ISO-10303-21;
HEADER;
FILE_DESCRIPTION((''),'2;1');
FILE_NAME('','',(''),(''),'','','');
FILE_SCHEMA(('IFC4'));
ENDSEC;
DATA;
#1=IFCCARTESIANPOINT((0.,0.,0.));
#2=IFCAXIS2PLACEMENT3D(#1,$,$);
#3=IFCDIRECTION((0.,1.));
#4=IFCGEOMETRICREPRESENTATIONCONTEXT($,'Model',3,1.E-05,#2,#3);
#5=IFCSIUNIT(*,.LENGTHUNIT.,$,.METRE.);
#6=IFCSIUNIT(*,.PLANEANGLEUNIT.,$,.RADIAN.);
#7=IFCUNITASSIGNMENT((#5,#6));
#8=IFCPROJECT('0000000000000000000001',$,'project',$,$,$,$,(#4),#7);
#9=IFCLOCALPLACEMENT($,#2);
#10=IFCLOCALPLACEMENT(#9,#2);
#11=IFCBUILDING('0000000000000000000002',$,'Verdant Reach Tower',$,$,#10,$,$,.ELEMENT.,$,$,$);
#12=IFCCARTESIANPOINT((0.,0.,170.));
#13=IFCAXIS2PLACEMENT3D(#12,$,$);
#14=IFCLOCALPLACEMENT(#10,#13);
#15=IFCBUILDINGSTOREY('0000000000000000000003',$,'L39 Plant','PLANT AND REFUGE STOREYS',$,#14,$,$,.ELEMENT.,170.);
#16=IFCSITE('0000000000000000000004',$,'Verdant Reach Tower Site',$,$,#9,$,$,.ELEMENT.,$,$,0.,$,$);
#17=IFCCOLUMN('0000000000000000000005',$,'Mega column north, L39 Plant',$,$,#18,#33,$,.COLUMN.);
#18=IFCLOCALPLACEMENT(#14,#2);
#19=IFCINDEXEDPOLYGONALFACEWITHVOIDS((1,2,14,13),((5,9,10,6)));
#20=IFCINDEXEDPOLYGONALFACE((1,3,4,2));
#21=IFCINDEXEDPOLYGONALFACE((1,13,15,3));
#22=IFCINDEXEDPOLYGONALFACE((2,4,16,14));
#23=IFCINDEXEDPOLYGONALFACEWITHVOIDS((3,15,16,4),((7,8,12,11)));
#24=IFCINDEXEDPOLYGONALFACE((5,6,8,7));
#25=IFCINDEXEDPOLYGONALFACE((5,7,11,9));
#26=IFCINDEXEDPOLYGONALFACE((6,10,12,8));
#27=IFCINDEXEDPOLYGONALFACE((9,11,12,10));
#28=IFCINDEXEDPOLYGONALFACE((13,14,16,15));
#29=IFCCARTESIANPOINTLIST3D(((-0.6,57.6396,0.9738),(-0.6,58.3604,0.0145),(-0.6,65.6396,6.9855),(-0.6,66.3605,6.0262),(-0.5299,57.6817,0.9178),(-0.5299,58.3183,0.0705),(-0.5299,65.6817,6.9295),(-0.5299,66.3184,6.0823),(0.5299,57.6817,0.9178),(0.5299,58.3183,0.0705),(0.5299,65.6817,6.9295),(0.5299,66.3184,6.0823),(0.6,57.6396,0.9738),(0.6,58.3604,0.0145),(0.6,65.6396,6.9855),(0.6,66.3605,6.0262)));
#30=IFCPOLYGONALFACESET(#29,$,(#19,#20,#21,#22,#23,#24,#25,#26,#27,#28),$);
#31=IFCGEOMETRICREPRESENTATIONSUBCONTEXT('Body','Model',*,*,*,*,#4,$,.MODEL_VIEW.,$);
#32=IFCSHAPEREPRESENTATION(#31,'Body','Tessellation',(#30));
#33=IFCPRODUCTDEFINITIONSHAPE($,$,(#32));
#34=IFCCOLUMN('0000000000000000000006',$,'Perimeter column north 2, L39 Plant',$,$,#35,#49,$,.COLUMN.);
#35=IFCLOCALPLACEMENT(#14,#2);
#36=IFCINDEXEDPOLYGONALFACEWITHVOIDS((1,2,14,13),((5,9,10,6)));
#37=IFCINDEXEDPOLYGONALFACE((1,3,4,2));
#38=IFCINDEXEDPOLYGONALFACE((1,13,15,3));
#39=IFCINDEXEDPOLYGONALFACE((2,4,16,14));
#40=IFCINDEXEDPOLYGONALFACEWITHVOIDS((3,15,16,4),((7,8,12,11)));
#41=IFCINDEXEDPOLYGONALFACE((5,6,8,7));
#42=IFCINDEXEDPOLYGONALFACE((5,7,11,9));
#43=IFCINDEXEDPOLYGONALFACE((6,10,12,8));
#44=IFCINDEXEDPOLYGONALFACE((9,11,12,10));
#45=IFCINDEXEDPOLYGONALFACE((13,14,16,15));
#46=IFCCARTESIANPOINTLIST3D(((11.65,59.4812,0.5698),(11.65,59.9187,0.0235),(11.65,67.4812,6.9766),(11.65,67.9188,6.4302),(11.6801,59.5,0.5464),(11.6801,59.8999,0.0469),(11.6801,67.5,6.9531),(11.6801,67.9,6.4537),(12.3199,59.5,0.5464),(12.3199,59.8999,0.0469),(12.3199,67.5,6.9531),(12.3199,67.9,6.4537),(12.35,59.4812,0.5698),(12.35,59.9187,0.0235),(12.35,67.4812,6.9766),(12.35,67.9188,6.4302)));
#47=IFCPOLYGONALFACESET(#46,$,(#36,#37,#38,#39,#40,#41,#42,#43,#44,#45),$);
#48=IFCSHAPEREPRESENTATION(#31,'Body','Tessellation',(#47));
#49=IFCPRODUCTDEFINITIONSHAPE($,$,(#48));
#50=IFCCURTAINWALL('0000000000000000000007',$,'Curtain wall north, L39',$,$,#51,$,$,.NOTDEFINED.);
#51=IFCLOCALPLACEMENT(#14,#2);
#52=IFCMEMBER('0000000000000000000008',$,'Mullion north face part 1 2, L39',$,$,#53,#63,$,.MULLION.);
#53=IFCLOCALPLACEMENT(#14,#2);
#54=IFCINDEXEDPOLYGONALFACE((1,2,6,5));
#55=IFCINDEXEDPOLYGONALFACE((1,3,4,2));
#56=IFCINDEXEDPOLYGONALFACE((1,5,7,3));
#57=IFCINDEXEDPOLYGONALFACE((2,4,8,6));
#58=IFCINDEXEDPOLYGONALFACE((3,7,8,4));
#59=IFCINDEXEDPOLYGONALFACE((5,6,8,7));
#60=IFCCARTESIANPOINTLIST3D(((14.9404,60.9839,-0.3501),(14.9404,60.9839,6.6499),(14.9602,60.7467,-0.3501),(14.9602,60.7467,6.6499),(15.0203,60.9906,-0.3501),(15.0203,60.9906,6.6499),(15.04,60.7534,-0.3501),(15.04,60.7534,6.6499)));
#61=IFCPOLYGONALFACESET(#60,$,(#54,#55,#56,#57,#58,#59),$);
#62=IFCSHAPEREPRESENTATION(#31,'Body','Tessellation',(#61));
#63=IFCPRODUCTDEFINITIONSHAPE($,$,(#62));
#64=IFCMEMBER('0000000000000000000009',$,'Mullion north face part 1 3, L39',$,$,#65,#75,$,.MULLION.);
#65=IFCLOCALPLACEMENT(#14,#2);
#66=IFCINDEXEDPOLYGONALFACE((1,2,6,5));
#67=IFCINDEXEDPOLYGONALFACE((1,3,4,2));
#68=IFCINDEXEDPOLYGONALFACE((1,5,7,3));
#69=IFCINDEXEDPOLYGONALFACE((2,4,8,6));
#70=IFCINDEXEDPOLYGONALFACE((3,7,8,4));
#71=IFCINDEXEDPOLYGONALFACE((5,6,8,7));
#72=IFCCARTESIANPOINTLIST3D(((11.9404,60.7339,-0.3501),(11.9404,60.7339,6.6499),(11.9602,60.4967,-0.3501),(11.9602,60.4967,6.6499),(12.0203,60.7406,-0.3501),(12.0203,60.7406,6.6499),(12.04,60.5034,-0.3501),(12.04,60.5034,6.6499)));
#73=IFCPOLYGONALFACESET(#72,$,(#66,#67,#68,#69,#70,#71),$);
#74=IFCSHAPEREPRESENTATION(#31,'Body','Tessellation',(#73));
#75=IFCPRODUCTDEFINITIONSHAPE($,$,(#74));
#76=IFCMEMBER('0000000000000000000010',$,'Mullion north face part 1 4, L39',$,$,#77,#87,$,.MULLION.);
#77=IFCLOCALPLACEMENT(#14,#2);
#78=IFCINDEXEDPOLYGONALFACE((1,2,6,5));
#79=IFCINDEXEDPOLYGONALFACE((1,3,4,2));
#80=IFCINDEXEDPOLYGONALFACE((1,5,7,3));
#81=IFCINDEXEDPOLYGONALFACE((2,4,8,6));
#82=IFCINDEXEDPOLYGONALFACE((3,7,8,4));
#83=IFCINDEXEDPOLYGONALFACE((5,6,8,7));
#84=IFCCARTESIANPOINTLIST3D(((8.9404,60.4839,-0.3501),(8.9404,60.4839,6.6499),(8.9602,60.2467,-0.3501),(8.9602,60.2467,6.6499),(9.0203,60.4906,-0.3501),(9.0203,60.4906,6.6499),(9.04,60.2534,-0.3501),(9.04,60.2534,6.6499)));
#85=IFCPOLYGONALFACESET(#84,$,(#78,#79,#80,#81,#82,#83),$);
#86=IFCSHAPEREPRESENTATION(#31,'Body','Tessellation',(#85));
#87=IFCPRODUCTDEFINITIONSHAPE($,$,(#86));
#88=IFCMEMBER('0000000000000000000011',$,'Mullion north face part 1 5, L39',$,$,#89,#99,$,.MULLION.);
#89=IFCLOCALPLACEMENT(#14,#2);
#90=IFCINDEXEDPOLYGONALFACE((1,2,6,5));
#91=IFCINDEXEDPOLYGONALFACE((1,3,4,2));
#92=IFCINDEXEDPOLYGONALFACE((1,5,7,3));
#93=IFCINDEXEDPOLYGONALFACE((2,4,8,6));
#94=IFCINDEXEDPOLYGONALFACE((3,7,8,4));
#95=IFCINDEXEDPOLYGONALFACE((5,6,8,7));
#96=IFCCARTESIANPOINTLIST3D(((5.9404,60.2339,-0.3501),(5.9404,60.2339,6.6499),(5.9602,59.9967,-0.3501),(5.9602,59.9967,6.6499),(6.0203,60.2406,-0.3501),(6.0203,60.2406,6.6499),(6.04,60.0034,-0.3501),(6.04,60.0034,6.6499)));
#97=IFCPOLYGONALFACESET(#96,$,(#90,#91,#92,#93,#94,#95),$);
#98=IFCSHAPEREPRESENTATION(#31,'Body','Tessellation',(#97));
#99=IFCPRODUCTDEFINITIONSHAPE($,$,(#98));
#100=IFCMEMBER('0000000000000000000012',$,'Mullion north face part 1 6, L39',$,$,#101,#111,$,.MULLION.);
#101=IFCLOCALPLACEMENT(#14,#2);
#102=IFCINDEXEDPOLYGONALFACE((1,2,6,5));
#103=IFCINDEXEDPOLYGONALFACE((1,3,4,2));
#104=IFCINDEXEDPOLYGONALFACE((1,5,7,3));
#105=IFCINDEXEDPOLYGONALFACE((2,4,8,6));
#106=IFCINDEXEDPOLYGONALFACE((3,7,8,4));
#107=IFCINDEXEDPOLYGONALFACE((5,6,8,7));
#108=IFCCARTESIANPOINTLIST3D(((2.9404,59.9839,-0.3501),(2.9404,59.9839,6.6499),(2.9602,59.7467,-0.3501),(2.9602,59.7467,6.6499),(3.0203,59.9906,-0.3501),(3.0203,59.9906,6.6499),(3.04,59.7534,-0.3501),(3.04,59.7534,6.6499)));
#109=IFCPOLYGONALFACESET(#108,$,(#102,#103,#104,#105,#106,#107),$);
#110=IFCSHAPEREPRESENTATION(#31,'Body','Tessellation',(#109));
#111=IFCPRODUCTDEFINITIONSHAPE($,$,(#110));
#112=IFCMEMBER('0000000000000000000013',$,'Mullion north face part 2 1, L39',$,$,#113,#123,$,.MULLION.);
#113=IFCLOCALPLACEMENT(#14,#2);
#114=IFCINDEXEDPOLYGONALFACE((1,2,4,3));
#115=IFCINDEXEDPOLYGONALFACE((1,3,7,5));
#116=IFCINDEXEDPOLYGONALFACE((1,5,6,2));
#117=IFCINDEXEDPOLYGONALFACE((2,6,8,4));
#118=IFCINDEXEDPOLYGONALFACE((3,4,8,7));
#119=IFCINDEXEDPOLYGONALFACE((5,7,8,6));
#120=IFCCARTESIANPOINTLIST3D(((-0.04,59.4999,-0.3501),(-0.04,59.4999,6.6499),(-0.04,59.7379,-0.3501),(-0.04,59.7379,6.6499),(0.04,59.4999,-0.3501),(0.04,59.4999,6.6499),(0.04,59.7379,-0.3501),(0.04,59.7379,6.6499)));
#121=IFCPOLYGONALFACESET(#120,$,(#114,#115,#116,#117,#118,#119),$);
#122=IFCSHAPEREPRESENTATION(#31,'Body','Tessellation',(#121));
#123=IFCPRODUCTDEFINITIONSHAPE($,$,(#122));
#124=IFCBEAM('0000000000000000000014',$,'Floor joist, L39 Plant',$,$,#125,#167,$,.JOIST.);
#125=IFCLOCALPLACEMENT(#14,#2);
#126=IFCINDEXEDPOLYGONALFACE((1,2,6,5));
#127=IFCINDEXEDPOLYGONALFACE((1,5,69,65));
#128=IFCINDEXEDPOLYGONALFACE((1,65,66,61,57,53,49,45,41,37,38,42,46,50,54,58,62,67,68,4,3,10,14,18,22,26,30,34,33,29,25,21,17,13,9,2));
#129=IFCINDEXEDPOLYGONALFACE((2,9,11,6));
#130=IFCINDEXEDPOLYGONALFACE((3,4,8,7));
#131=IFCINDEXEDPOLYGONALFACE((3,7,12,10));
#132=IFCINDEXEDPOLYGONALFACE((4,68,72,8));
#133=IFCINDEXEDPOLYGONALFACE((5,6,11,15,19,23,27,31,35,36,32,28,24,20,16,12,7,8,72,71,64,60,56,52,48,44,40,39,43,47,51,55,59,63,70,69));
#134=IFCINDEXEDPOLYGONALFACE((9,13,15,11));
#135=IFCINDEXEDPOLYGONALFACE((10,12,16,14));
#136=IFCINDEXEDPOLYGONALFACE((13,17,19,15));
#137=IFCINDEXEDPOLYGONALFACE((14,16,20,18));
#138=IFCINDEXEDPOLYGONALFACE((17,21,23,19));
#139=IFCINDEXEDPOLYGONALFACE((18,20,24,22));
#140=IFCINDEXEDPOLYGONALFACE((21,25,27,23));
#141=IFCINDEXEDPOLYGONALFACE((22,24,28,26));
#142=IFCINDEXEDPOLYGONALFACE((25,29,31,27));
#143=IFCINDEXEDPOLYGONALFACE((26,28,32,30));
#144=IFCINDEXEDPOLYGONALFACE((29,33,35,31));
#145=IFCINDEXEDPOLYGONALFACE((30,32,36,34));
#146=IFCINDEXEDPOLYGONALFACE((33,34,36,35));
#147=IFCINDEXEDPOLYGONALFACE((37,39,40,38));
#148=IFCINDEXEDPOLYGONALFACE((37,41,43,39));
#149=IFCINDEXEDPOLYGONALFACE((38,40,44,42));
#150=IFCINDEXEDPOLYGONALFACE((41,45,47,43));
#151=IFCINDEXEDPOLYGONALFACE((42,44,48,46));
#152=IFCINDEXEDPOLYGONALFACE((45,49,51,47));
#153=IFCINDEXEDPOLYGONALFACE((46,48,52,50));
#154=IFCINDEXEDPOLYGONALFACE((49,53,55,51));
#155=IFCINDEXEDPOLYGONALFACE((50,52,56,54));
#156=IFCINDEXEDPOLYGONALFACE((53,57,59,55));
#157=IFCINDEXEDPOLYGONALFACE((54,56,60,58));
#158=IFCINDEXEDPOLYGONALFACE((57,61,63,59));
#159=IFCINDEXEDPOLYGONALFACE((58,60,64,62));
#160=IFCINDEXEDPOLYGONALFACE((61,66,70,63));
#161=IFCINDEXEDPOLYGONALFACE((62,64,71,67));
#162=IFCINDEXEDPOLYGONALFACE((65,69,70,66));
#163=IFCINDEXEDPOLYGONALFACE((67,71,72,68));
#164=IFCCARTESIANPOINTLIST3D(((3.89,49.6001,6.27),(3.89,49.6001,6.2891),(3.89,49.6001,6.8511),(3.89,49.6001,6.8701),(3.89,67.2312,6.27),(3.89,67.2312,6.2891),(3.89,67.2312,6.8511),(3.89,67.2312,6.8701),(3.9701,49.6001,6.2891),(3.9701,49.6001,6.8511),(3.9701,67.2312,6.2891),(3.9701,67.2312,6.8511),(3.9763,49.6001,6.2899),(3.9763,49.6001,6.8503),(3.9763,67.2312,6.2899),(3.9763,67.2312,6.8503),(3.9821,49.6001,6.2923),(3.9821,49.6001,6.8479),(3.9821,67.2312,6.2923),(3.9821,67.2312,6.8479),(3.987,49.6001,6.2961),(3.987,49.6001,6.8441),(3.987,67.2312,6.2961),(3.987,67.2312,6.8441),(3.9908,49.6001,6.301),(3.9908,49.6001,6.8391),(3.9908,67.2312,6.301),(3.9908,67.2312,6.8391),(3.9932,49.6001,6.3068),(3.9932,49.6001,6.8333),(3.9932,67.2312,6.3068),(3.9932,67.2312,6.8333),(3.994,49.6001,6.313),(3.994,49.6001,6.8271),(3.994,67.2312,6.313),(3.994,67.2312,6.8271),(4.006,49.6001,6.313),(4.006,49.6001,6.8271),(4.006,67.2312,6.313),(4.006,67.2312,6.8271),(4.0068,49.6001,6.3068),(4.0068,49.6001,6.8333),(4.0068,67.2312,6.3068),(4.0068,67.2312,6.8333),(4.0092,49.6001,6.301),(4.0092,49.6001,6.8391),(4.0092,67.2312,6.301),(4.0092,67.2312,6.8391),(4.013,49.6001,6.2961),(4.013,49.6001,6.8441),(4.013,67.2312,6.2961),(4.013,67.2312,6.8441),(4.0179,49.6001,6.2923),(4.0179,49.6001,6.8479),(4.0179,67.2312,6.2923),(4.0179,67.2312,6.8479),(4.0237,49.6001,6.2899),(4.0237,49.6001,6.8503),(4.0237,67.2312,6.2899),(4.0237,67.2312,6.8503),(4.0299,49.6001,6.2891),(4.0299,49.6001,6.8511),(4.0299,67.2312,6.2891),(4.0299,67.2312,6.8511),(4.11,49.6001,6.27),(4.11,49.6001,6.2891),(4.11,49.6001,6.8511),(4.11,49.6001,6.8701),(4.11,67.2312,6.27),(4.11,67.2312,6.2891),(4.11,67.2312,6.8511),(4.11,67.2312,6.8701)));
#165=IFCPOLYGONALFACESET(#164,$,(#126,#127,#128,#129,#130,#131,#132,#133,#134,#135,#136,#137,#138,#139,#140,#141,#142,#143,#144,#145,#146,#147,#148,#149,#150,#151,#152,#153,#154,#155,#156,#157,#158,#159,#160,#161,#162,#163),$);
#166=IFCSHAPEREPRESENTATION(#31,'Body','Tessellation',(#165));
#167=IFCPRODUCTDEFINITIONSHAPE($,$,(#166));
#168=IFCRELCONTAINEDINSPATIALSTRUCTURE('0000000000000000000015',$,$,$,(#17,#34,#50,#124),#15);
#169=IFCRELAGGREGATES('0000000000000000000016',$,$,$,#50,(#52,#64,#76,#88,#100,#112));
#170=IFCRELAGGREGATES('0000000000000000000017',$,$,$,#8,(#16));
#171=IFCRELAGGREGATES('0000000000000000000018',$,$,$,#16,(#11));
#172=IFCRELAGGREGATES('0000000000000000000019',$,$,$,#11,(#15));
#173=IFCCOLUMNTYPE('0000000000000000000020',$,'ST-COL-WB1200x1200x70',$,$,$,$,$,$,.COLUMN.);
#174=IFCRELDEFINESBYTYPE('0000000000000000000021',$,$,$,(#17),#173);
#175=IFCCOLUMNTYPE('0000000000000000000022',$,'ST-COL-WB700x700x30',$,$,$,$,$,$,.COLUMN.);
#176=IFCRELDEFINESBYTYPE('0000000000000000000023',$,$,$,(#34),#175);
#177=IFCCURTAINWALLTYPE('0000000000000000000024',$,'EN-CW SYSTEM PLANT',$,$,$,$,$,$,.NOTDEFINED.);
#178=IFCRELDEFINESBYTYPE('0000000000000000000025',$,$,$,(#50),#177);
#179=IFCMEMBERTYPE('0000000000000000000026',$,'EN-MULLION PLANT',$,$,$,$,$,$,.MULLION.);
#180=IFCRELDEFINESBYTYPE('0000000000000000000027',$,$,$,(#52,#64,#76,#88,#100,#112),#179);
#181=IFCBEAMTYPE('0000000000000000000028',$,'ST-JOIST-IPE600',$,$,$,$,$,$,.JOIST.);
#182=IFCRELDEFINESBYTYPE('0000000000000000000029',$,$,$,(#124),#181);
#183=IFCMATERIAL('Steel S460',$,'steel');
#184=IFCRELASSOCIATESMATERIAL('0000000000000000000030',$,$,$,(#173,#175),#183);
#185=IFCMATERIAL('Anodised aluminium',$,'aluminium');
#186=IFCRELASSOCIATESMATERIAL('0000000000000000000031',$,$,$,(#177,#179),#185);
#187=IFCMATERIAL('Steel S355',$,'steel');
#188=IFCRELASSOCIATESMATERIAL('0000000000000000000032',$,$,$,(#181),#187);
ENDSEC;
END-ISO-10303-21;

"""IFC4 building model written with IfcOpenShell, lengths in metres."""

from ifc_helpers import new_model, si_unit, direction, frame, origin, origin_2d, place, context, subcontext, project, spatial, rectangle, hollow_rectangle, i_section, extrude, material, material_profile, profile_set, type_object, element, aggregate, save


model = new_model("IFC4")

# Units and contexts
model_context = context("Model", 3, precision=1e-05, world=origin(), true_north=direction((0.0, 1.0)))
body_context = subcontext(model_context, "Body", "Model", "MODEL_VIEW")
ifc_project = project(units=[si_unit("LENGTHUNIT", "METRE"), si_unit("PLANEANGLEUNIT", "RADIAN")], contexts=[model_context])

# Site, building, storey
site_placement = place(None, origin())
site = spatial("IfcSite", under=ifc_project, at=site_placement, Name="Verdant Reach Tower Site", CompositionType="ELEMENT", RefElevation=0.0)
building_placement = place(site_placement, origin())
building = spatial("IfcBuilding", under=site, at=building_placement, Name="Verdant Reach Tower", CompositionType="ELEMENT")
storey_placement = place(building_placement, frame((0.0, 0.0, 170.0)))
storey = spatial("IfcBuildingStorey", under=building, at=storey_placement, Name="L39 Plant", Description="PLANT AND REFUGE STOREYS", CompositionType="ELEMENT", Elevation=170.0)

# Columns
ifc_material_1 = material(Name="Steel S460", Category="steel")
ifc_material_profile_1 = material_profile(ifc_material_1, hollow_rectangle(XDim=1.2, YDim=1.2, WallThickness=0.0701, at=origin_2d()), Name="WB 1200x1200x70")
ifc_profile_set_1 = profile_set([ifc_material_profile_1], Name="Steel S460")
column_type_1 = type_object("IfcColumnType", Name="ST-COL-WB1200x1200x70", PredefinedType="COLUMN", material=ifc_profile_set_1)
column_1_placement = place(storey_placement, frame((0.0, 58.0, 0.4941), z_axis=(0.0, 0.799438, 0.600749), x_axis=(-1.0, 0.0, 0.0)))
element("IfcColumn", 1, at=column_1_placement, inside=storey, type_object=column_type_1, Name="Mega column north, L39 Plant", PredefinedType="COLUMN", context=body_context, shape_type="SweptSolid", body=[
    extrude(hollow_rectangle(XDim=1.2, YDim=1.2, WallThickness=0.0701, at=origin_2d()), origin(), (0.0, 0.0, 1.0), 10.0071),
])
ifc_material_profile_2 = material_profile(ifc_material_1, hollow_rectangle(XDim=0.7, YDim=0.7, WallThickness=0.03, at=origin_2d()), Name="WB 700x700x30")
ifc_profile_set_2 = profile_set([ifc_material_profile_2], Name="Steel S460")
column_type_2 = type_object("IfcColumnType", Name="ST-COL-WB700x700x30", PredefinedType="COLUMN", material=ifc_profile_set_2)
column_2_placement = place(storey_placement, frame((12.0, 59.7, 0.2966), z_axis=(0.0, 0.780548, 0.625096), x_axis=(-1.0, 0.0, 0.0)))
element("IfcColumn", 2, at=column_2_placement, inside=storey, type_object=column_type_2, Name="Perimeter column north 2, L39 Plant", PredefinedType="COLUMN", context=body_context, shape_type="SweptSolid", body=[
    extrude(hollow_rectangle(XDim=0.7, YDim=0.7, WallThickness=0.03, at=origin_2d()), origin(), (0.0, 0.0, 1.0), 10.2493),
])

# Curtain wall, members
ifc_material_2 = material(Name="Anodised aluminium", Category="aluminium")
curtain_wall_type = type_object("IfcCurtainWallType", Name="EN-CW SYSTEM PLANT", PredefinedType="NOTDEFINED", material=ifc_material_2)
curtain_wall_placement = place(storey_placement, origin())
curtain_wall = element("IfcCurtainWall", 3, at=curtain_wall_placement, inside=storey, type_object=curtain_wall_type, Name="Curtain wall north, L39", PredefinedType="NOTDEFINED")
ifc_material_profile_3 = material_profile(ifc_material_2, rectangle(XDim=0.238, YDim=0.0801, at=origin_2d()), Name="Mullion 80x240")
ifc_profile_set_3 = profile_set([ifc_material_profile_3], Name="Anodised aluminium")
member_type_1 = type_object("IfcMemberType", Name="EN-MULLION PLANT", PredefinedType="MULLION", material=ifc_profile_set_3)
member_1_placement = place(storey_placement, frame((14.9902, 60.8687, -0.3501), z_axis=(0.0, 0.0, 1.0), x_axis=(-0.083045, 0.996546, 0.0)))
member_1 = element("IfcMember", 4, at=member_1_placement, type_object=member_type_1, Name="Mullion north face part 1 2, L39", PredefinedType="MULLION", context=body_context, shape_type="SweptSolid", body=[
    extrude(rectangle(XDim=0.238, YDim=0.0801, at=origin_2d()), origin(), (0.0, 0.0, 1.0), 7.0),
])
member_2_placement = place(storey_placement, frame((11.9902, 60.6187, -0.3501), z_axis=(0.0, 0.0, 1.0), x_axis=(-0.083045, 0.996546, 0.0)))
member_2 = element("IfcMember", 5, at=member_2_placement, type_object=member_type_1, Name="Mullion north face part 1 3, L39", PredefinedType="MULLION", context=body_context, shape_type="SweptSolid", body=[
    extrude(rectangle(XDim=0.238, YDim=0.0801, at=origin_2d()), origin(), (0.0, 0.0, 1.0), 7.0),
])
member_3_placement = place(storey_placement, frame((8.9902, 60.3687, -0.3501), z_axis=(0.0, 0.0, 1.0), x_axis=(-0.083045, 0.996546, 0.0)))
member_3 = element("IfcMember", 6, at=member_3_placement, type_object=member_type_1, Name="Mullion north face part 1 4, L39", PredefinedType="MULLION", context=body_context, shape_type="SweptSolid", body=[
    extrude(rectangle(XDim=0.238, YDim=0.0801, at=origin_2d()), origin(), (0.0, 0.0, 1.0), 7.0),
])
member_4_placement = place(storey_placement, frame((5.9902, 60.1187, -0.3501), z_axis=(0.0, 0.0, 1.0), x_axis=(-0.083045, 0.996546, 0.0)))
member_4 = element("IfcMember", 7, at=member_4_placement, type_object=member_type_1, Name="Mullion north face part 1 5, L39", PredefinedType="MULLION", context=body_context, shape_type="SweptSolid", body=[
    extrude(rectangle(XDim=0.238, YDim=0.0801, at=origin_2d()), origin(), (0.0, 0.0, 1.0), 7.0),
])
member_5_placement = place(storey_placement, frame((2.9902, 59.8687, -0.3501), z_axis=(0.0, 0.0, 1.0), x_axis=(-0.083045, 0.996546, 0.0)))
member_5 = element("IfcMember", 8, at=member_5_placement, type_object=member_type_1, Name="Mullion north face part 1 6, L39", PredefinedType="MULLION", context=body_context, shape_type="SweptSolid", body=[
    extrude(rectangle(XDim=0.238, YDim=0.0801, at=origin_2d()), origin(), (0.0, 0.0, 1.0), 7.0),
])
member_6_placement = place(storey_placement, frame((0.0, 59.6189, -0.3501), z_axis=(0.0, 0.0, 1.0), x_axis=(0.0, 1.0, 0.0)))
member_6 = element("IfcMember", 9, at=member_6_placement, type_object=member_type_1, Name="Mullion north face part 2 1, L39", PredefinedType="MULLION", context=body_context, shape_type="SweptSolid", body=[
    extrude(rectangle(XDim=0.238, YDim=0.0801, at=origin_2d()), origin(), (0.0, 0.0, 1.0), 7.0),
])

# Beam
ifc_material_3 = material(Name="Steel S355", Category="steel")
ifc_material_profile_4 = material_profile(ifc_material_3, i_section(OverallWidth=0.22, OverallDepth=0.6001, WebThickness=0.012, FlangeThickness=0.019, FilletRadius=0.0239, at=origin_2d()), Name="IPE 600")
ifc_profile_set_4 = profile_set([ifc_material_profile_4], Name="Steel S355")
beam_type_1 = type_object("IfcBeamType", Name="ST-JOIST-IPE600", PredefinedType="JOIST", material=ifc_profile_set_4)
beam_1_placement = place(storey_placement, frame((4.0, 49.6001, 6.5701), z_axis=(0.0, 1.0, 0.0), x_axis=(-1.0, 0.0, 0.0)))
element("IfcBeam", 10, at=beam_1_placement, inside=storey, type_object=beam_type_1, Name="Floor joist, L39 Plant", PredefinedType="JOIST", context=body_context, shape_type="SweptSolid", body=[
    extrude(i_section(OverallWidth=0.22, OverallDepth=0.6001, WebThickness=0.012, FlangeThickness=0.019, FilletRadius=0.0239, at=origin_2d()), origin(), (0.0, 0.0, 1.0), 17.6311),
])

aggregate(curtain_wall, [member_1, member_2, member_3, member_4, member_5, member_6])

save(model, "model.ifc")
